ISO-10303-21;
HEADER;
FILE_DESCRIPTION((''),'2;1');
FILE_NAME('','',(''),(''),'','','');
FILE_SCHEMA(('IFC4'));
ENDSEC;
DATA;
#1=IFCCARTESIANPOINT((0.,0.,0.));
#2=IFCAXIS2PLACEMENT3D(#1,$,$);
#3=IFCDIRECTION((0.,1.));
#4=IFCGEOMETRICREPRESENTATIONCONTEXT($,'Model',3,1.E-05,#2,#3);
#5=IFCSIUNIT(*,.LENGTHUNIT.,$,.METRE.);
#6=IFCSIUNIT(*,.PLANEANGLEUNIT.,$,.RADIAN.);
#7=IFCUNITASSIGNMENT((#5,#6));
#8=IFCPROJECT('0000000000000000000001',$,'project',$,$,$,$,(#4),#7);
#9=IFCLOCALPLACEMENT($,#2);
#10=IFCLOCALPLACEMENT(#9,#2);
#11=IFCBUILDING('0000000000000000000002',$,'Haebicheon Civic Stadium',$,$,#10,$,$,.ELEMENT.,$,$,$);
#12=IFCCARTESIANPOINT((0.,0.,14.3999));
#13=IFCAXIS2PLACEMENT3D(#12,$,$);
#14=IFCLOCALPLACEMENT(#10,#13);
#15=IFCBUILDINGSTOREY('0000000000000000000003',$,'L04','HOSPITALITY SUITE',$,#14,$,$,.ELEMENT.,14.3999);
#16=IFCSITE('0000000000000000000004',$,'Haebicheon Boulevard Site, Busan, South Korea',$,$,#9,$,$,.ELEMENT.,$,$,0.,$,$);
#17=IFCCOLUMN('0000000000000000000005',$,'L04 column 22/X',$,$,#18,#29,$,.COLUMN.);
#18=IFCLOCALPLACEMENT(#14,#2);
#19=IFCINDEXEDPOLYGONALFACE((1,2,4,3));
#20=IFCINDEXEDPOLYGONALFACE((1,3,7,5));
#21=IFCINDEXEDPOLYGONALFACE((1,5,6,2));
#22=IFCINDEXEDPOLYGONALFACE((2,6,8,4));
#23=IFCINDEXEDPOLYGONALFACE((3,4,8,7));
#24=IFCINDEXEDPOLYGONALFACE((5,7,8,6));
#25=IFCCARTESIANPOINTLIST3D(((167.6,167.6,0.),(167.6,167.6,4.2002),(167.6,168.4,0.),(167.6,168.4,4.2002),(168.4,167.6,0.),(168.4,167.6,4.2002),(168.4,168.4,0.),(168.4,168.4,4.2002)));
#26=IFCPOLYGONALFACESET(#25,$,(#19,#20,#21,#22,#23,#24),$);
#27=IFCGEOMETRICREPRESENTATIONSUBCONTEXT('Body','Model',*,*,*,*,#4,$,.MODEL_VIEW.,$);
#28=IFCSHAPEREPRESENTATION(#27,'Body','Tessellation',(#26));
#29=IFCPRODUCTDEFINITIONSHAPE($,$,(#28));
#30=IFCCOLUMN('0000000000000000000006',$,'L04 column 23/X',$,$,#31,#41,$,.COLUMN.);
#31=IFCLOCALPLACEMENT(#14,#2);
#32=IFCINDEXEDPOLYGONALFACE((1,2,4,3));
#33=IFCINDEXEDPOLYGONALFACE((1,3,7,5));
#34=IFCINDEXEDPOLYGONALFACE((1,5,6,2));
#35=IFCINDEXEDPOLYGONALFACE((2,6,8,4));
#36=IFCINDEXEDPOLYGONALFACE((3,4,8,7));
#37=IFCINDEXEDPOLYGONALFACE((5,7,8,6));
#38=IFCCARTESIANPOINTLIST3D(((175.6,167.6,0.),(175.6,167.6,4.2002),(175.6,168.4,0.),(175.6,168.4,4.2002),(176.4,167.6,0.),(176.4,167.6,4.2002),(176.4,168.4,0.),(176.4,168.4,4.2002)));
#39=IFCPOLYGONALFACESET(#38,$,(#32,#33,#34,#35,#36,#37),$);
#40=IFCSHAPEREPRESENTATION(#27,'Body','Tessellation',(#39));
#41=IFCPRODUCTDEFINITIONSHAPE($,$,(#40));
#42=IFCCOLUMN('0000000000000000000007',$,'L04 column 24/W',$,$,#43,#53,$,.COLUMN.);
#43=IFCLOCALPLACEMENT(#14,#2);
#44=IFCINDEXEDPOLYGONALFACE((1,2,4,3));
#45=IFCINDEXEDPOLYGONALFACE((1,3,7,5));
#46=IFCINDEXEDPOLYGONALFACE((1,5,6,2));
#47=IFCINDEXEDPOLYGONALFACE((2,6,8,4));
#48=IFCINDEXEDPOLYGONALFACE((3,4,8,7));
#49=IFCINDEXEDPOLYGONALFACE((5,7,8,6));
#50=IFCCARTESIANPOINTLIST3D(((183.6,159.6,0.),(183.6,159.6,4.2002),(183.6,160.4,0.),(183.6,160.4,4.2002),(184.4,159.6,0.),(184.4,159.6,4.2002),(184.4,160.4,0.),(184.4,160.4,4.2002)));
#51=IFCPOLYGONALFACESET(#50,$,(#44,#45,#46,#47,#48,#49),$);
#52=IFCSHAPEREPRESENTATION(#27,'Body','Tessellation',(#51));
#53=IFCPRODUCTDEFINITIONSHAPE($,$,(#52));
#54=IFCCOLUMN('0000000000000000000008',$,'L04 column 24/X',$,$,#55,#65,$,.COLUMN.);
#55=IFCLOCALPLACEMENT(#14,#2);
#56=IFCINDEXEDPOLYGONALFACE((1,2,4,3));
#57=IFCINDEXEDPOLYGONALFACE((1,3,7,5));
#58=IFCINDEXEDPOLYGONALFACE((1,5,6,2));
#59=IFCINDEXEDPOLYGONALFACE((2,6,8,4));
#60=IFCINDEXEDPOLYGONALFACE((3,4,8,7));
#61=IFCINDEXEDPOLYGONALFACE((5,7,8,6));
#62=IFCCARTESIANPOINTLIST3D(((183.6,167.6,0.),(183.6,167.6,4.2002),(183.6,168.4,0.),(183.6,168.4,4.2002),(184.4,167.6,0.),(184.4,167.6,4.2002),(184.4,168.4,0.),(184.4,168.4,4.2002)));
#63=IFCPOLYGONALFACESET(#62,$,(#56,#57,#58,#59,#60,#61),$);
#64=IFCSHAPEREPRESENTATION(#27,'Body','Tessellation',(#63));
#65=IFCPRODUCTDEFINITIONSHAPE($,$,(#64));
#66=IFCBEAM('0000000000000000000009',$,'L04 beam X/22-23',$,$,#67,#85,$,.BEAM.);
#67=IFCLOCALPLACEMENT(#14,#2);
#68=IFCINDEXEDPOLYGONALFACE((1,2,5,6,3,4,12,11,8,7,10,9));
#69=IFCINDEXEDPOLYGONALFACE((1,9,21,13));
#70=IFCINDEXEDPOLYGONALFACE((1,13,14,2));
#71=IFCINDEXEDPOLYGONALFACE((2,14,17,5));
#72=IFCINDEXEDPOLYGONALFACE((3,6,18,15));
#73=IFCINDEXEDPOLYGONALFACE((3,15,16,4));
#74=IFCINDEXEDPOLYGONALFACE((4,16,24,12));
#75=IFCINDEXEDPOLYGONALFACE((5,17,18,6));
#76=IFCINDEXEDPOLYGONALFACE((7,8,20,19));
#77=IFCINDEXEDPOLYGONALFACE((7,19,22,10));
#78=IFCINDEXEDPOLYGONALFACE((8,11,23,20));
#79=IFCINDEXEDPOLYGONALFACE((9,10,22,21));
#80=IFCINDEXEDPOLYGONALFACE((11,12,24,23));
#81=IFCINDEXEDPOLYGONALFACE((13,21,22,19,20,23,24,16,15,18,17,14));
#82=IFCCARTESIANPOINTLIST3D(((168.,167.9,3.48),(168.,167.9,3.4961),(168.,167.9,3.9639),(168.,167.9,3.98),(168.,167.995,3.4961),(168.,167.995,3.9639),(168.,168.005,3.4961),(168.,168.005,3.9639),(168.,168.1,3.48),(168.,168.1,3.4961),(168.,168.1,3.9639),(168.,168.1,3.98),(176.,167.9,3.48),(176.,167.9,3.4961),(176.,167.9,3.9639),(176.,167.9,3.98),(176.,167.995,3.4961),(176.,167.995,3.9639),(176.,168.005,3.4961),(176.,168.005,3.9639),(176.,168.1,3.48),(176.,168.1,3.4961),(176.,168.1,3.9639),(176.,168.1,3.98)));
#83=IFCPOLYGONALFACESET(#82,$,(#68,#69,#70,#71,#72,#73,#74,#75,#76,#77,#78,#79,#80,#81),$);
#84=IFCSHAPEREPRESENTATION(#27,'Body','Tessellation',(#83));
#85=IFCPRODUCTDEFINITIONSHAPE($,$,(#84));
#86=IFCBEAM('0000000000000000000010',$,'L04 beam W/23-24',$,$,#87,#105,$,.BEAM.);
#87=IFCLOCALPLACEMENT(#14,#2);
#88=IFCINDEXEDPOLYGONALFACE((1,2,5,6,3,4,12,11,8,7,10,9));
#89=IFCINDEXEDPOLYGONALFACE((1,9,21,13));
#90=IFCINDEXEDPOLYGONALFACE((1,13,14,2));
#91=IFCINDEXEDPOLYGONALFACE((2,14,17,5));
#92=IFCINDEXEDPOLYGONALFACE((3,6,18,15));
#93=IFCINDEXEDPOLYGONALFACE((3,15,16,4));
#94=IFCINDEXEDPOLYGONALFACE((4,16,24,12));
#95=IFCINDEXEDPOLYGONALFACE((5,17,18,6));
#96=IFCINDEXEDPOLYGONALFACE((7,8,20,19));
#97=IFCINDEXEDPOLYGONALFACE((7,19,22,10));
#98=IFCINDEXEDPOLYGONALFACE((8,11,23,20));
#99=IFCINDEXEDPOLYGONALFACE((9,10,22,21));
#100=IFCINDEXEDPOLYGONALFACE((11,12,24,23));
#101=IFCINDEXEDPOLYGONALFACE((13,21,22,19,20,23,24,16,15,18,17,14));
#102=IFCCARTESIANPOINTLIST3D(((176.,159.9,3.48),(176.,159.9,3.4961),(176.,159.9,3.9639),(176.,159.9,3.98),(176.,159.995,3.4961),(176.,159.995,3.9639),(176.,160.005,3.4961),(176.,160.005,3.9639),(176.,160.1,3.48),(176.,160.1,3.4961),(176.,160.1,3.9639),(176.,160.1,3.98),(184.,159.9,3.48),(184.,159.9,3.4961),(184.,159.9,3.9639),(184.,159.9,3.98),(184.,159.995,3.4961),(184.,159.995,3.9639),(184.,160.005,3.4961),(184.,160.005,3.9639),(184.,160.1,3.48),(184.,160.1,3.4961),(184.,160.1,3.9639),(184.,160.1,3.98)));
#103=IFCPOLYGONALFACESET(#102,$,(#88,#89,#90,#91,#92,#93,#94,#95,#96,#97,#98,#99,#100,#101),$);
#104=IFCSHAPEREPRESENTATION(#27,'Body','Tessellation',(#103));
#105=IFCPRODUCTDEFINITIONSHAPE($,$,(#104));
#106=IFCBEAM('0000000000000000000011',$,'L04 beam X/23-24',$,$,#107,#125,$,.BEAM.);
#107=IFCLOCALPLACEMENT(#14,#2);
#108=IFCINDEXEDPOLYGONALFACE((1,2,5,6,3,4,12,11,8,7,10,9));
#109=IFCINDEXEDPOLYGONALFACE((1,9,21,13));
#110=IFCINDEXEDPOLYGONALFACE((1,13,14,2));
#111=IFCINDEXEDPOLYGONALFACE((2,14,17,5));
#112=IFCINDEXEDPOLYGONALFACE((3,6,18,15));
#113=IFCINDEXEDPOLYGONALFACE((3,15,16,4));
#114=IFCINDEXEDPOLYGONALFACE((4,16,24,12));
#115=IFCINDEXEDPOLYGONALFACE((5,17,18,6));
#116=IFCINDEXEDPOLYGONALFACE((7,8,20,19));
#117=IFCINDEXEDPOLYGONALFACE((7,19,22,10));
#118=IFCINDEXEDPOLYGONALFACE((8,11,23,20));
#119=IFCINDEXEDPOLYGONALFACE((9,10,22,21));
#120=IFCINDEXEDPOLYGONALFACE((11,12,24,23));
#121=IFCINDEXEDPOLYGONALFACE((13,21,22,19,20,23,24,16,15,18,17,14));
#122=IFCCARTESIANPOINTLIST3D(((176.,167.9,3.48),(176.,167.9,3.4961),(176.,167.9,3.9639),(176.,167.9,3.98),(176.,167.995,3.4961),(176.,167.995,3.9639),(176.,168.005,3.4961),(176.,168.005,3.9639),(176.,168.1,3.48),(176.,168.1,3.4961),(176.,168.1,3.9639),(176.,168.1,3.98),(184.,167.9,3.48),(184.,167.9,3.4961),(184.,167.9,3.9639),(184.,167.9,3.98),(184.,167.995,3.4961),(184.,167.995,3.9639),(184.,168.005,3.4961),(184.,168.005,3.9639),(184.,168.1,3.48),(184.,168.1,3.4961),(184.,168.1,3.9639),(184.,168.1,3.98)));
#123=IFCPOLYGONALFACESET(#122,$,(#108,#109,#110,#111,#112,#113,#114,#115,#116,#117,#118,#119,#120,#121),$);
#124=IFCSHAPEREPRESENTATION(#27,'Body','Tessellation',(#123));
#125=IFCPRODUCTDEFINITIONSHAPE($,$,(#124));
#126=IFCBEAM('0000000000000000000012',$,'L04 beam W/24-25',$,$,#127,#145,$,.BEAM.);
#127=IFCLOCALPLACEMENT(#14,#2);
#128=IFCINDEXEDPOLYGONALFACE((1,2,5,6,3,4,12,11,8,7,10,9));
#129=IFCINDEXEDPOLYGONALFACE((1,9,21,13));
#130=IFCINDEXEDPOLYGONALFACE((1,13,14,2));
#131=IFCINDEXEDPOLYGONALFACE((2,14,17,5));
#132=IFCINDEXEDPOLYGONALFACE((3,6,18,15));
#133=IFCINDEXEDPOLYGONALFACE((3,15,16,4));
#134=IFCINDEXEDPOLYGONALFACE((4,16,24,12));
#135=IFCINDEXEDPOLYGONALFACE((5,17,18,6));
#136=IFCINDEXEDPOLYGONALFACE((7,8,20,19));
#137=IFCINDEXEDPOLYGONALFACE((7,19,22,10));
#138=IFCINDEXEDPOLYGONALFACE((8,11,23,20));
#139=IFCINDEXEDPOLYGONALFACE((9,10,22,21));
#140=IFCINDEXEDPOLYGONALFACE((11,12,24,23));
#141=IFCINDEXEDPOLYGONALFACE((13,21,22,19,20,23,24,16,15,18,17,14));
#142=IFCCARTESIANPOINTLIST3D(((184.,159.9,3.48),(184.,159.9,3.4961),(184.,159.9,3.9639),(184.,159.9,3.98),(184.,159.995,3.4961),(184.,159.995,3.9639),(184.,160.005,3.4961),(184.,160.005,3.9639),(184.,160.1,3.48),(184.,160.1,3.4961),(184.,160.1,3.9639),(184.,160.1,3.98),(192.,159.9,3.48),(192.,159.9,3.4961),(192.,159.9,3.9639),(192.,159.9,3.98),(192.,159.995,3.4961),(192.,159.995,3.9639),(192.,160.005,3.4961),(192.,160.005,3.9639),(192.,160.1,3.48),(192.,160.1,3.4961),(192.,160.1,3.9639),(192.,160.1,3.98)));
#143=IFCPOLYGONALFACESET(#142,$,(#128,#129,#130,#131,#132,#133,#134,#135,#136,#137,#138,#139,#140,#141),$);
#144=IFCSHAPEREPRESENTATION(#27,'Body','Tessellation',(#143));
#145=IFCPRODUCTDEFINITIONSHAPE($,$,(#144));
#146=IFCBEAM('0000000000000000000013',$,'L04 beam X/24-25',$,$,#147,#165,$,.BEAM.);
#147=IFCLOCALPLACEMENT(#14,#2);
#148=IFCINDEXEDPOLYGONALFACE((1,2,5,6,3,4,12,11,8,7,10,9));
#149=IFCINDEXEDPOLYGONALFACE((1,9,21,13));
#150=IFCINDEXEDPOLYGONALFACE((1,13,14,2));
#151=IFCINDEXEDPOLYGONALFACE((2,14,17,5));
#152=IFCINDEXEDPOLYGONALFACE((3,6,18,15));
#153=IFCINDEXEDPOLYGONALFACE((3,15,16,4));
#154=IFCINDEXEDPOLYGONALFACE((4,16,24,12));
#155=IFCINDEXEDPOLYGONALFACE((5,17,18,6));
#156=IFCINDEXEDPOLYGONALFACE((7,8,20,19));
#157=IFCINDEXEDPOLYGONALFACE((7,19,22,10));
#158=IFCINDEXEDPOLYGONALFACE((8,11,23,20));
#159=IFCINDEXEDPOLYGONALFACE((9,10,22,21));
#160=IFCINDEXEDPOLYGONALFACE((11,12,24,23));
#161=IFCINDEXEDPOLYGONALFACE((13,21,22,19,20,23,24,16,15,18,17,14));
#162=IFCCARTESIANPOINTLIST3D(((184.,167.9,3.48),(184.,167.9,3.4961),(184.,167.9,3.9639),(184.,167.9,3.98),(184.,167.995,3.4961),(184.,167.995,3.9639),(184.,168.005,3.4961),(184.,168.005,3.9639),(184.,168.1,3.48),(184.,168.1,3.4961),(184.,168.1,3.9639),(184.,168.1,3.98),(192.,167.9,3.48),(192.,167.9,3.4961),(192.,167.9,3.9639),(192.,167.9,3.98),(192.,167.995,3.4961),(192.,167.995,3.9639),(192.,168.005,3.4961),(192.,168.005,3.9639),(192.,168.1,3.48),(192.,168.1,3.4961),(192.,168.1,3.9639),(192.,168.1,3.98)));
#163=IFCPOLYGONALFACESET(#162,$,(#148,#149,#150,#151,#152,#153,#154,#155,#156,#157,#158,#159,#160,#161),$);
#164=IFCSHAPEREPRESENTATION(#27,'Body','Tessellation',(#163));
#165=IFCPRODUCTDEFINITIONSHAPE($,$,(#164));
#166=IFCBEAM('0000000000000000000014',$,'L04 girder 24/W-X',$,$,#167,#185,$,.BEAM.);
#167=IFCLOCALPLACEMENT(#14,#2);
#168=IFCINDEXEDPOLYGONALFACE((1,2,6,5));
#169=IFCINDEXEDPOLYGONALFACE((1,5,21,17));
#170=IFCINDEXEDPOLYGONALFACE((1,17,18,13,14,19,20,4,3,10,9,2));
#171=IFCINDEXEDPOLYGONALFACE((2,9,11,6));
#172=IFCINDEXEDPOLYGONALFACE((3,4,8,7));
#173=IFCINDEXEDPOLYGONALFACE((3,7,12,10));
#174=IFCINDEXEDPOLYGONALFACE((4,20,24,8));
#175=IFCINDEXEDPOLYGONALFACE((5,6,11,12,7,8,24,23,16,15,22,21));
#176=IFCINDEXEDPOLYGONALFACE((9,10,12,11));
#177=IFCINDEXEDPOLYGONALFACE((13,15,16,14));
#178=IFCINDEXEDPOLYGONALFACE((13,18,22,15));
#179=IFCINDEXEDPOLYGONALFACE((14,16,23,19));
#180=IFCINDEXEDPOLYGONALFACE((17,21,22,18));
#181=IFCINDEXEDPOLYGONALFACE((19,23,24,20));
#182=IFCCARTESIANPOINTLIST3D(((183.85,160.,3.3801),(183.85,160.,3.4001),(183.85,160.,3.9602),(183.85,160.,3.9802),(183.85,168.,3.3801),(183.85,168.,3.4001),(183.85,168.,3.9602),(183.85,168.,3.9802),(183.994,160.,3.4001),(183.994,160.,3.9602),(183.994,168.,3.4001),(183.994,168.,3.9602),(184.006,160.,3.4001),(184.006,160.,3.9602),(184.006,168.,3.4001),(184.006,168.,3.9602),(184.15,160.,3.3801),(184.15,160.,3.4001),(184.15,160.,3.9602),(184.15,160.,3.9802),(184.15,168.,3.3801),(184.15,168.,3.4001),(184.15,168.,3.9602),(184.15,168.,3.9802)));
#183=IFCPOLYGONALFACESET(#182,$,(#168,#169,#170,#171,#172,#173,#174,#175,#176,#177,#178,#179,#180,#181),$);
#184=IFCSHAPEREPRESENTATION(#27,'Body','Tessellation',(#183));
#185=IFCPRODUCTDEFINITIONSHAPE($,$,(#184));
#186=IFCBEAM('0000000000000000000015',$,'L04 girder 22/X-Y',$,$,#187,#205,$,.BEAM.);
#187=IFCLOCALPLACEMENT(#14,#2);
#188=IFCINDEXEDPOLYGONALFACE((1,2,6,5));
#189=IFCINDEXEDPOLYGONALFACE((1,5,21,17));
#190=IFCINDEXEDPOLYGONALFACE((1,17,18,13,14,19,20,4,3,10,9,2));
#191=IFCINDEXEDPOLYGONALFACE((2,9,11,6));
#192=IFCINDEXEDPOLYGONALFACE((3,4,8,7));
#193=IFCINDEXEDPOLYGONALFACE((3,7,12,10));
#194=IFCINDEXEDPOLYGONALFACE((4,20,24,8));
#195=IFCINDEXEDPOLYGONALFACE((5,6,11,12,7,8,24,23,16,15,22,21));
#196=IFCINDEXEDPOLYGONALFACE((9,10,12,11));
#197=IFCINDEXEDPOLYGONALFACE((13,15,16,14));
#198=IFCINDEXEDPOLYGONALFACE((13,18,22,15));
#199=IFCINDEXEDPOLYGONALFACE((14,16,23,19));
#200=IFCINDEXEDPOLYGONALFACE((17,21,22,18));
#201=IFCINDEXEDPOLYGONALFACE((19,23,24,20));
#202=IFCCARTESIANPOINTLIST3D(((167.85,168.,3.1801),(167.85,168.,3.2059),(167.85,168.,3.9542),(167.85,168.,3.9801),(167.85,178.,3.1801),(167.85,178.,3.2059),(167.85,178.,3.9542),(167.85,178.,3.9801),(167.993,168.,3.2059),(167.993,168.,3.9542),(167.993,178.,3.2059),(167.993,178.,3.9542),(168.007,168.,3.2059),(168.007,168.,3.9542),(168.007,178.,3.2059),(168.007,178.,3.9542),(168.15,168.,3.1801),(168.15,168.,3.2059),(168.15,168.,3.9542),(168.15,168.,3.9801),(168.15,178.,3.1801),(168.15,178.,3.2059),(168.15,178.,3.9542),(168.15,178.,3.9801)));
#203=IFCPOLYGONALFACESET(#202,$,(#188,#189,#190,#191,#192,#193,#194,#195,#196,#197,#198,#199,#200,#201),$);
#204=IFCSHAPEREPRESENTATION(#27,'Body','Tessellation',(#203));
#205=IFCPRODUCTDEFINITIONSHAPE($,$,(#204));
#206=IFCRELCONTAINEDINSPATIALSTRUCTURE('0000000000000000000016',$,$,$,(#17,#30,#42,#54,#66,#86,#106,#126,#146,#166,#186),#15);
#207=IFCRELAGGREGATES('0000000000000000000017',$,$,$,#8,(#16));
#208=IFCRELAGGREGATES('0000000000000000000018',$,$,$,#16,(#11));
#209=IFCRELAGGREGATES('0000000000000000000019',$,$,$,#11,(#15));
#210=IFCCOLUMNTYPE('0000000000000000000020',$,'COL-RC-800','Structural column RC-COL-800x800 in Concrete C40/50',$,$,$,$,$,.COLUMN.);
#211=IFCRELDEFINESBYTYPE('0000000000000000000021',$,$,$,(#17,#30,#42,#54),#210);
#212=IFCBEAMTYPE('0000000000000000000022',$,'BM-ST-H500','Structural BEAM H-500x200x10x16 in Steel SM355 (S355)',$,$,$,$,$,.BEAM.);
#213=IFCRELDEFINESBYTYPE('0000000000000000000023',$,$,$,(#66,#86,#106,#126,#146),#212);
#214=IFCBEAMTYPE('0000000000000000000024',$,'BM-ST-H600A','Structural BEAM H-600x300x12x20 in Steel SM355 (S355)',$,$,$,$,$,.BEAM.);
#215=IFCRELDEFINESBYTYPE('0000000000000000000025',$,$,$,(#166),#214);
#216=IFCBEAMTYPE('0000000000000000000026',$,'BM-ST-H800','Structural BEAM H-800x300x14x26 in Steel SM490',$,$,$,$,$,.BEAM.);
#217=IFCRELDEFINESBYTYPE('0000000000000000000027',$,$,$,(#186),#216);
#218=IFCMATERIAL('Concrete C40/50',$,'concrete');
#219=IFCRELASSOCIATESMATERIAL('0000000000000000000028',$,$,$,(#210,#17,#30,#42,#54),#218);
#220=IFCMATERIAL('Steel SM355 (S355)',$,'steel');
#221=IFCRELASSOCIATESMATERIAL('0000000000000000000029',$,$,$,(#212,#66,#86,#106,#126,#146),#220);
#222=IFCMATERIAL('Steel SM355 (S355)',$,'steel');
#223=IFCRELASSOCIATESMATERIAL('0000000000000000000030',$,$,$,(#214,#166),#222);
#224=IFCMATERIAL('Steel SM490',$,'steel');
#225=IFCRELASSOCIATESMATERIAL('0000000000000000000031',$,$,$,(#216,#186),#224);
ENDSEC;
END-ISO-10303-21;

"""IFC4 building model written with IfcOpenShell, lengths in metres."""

from ifc_helpers import new_model, si_unit, direction, frame, origin, origin_2d, place, context, subcontext, project, spatial, rectangle, i_section, extrude, material, material_profile, profile_set, type_object, element, save


model = new_model("IFC4")

# Units and contexts
model_context = context("Model", 3, precision=1e-05, world=origin(), true_north=direction((0.0, 1.0)))
body_context = subcontext(model_context, "Body", "Model", "MODEL_VIEW")
ifc_project = project(units=[si_unit("LENGTHUNIT", "METRE"), si_unit("PLANEANGLEUNIT", "RADIAN")], contexts=[model_context])

# Site, building, storey
site_placement = place(None, origin())
site = spatial("IfcSite", under=ifc_project, at=site_placement, Name="Haebicheon Boulevard Site, Busan, South Korea", CompositionType="ELEMENT", RefElevation=0.0)
building_placement = place(site_placement, origin())
building = spatial("IfcBuilding", under=site, at=building_placement, Name="Haebicheon Civic Stadium", CompositionType="ELEMENT")
storey_placement = place(building_placement, frame((0.0, 0.0, 14.3999)))
storey = spatial("IfcBuildingStorey", under=building, at=storey_placement, Name="L04", Description="HOSPITALITY SUITE", CompositionType="ELEMENT", Elevation=14.3999)

# Columns
ifc_material_1 = material(Name="Concrete C40/50", Category="concrete")
ifc_material_profile_1 = material_profile(ifc_material_1, rectangle(XDim=0.8, YDim=0.8, at=origin_2d()), Name="RC-COL-800x800")
ifc_profile_set_1 = profile_set([ifc_material_profile_1], Name="Concrete C40/50")
column_type = type_object("IfcColumnType", Name="COL-RC-800", Description="Structural column RC-COL-800x800 in Concrete C40/50", PredefinedType="COLUMN", material=ifc_profile_set_1)
for number, where, z_axis, x_axis, name in (
    (1, (168.0, 168.0, 0.0), (0.0, 0.0, 1.0), (1.0, 0.0, 0.0), "L04 column 22/X"),
    (2, (176.0, 168.0, 0.0), (0.0, 0.0, 1.0), (1.0, 0.0, 0.0), "L04 column 23/X"),
    (3, (184.0, 160.0, 0.0), (0.0, 0.0, 1.0), (1.0, 0.0, 0.0), "L04 column 24/W"),
    (4, (184.0, 168.0, 0.0), (0.0, 0.0, 1.0), (1.0, 0.0, 0.0), "L04 column 24/X"),
):
    element("IfcColumn", number, at=place(storey_placement, frame(where, z_axis=z_axis, x_axis=x_axis)), inside=storey, type_object=column_type, material=ifc_profile_set_1, Name=name, PredefinedType="COLUMN", context=body_context, shape_type="SweptSolid", body=[
        extrude(rectangle(XDim=0.8, YDim=0.8, at=origin_2d()), origin(), (0.0, 0.0, 1.0), 4.2002),
    ])

# Beams
ifc_material_2 = material(Name="Steel SM355 (S355)", Category="steel")
ifc_material_profile_2 = material_profile(ifc_material_2, i_section(OverallWidth=0.2, OverallDepth=0.5, WebThickness=0.01, FlangeThickness=0.0161, at=origin_2d()), Name="H-500x200x10x16")
ifc_profile_set_2 = profile_set([ifc_material_profile_2], Name="Steel SM355 (S355)")
beam_type_1 = type_object("IfcBeamType", Name="BM-ST-H500", Description="Structural BEAM H-500x200x10x16 in Steel SM355 (S355)", PredefinedType="BEAM", material=ifc_profile_set_2)
for number, where, z_axis, x_axis, name in (
    (5, (168.0, 168.0, 3.73), (1.0, 0.0, 0.0), (0.0, 1.0, 0.0), "L04 beam X/22-23"),
    (6, (176.0, 160.0, 3.73), (1.0, 0.0, 0.0), (0.0, 1.0, 0.0), "L04 beam W/23-24"),
    (7, (176.0, 168.0, 3.73), (1.0, 0.0, 0.0), (0.0, 1.0, 0.0), "L04 beam X/23-24"),
    (8, (184.0, 160.0, 3.73), (1.0, 0.0, 0.0), (0.0, 1.0, 0.0), "L04 beam W/24-25"),
    (9, (184.0, 168.0, 3.73), (1.0, 0.0, 0.0), (0.0, 1.0, 0.0), "L04 beam X/24-25"),
):
    element("IfcBeam", number, at=place(storey_placement, frame(where, z_axis=z_axis, x_axis=x_axis)), inside=storey, type_object=beam_type_1, material=ifc_profile_set_2, Name=name, PredefinedType="BEAM", context=body_context, shape_type="SweptSolid", body=[
        extrude(i_section(OverallWidth=0.2, OverallDepth=0.5, WebThickness=0.01, FlangeThickness=0.0161, at=origin_2d()), origin(), (0.0, 0.0, 1.0), 8.0),
    ])
ifc_material_3 = material(Name="Steel SM355 (S355)", Category="steel")
ifc_material_profile_3 = material_profile(ifc_material_3, i_section(OverallWidth=0.3, OverallDepth=0.6001, WebThickness=0.012, FlangeThickness=0.02, at=origin_2d()), Name="H-600x300x12x20")
ifc_profile_set_3 = profile_set([ifc_material_profile_3], Name="Steel SM355 (S355)")
beam_type_2 = type_object("IfcBeamType", Name="BM-ST-H600A", Description="Structural BEAM H-600x300x12x20 in Steel SM355 (S355)", PredefinedType="BEAM", material=ifc_profile_set_3)
beam_placement = place(storey_placement, frame((184.0, 160.0, 3.6802), z_axis=(0.0, 1.0, 0.0), x_axis=(-1.0, 0.0, 0.0)))
element("IfcBeam", 10, at=beam_placement, inside=storey, type_object=beam_type_2, material=ifc_profile_set_3, Name="L04 girder 24/W-X", PredefinedType="BEAM", context=body_context, shape_type="SweptSolid", body=[
    extrude(i_section(OverallWidth=0.3, OverallDepth=0.6001, WebThickness=0.012, FlangeThickness=0.02, at=origin_2d()), origin(), (0.0, 0.0, 1.0), 8.0),
])
ifc_material_4 = material(Name="Steel SM490", Category="steel")
ifc_material_profile_4 = material_profile(ifc_material_4, i_section(OverallWidth=0.3, OverallDepth=0.8, WebThickness=0.0139, FlangeThickness=0.0259, at=origin_2d()), Name="H-800x300x14x26")
ifc_profile_set_4 = profile_set([ifc_material_profile_4], Name="Steel SM490")
beam_type_3 = type_object("IfcBeamType", Name="BM-ST-H800", Description="Structural BEAM H-800x300x14x26 in Steel SM490", PredefinedType="BEAM", material=ifc_profile_set_4)
for number, where, z_axis, x_axis, name in (
    (11, (168.0, 168.0, 3.5801), (0.0, 1.0, 0.0), (-1.0, 0.0, 0.0), "L04 girder 22/X-Y"),
):
    element("IfcBeam", number, at=place(storey_placement, frame(where, z_axis=z_axis, x_axis=x_axis)), inside=storey, type_object=beam_type_3, material=ifc_profile_set_4, Name=name, PredefinedType="BEAM", context=body_context, shape_type="SweptSolid", body=[
        extrude(i_section(OverallWidth=0.3, OverallDepth=0.8, WebThickness=0.0139, FlangeThickness=0.0259, at=origin_2d()), origin(), (0.0, 0.0, 1.0), 10.0),
    ])

save(model, "model.ifc")
